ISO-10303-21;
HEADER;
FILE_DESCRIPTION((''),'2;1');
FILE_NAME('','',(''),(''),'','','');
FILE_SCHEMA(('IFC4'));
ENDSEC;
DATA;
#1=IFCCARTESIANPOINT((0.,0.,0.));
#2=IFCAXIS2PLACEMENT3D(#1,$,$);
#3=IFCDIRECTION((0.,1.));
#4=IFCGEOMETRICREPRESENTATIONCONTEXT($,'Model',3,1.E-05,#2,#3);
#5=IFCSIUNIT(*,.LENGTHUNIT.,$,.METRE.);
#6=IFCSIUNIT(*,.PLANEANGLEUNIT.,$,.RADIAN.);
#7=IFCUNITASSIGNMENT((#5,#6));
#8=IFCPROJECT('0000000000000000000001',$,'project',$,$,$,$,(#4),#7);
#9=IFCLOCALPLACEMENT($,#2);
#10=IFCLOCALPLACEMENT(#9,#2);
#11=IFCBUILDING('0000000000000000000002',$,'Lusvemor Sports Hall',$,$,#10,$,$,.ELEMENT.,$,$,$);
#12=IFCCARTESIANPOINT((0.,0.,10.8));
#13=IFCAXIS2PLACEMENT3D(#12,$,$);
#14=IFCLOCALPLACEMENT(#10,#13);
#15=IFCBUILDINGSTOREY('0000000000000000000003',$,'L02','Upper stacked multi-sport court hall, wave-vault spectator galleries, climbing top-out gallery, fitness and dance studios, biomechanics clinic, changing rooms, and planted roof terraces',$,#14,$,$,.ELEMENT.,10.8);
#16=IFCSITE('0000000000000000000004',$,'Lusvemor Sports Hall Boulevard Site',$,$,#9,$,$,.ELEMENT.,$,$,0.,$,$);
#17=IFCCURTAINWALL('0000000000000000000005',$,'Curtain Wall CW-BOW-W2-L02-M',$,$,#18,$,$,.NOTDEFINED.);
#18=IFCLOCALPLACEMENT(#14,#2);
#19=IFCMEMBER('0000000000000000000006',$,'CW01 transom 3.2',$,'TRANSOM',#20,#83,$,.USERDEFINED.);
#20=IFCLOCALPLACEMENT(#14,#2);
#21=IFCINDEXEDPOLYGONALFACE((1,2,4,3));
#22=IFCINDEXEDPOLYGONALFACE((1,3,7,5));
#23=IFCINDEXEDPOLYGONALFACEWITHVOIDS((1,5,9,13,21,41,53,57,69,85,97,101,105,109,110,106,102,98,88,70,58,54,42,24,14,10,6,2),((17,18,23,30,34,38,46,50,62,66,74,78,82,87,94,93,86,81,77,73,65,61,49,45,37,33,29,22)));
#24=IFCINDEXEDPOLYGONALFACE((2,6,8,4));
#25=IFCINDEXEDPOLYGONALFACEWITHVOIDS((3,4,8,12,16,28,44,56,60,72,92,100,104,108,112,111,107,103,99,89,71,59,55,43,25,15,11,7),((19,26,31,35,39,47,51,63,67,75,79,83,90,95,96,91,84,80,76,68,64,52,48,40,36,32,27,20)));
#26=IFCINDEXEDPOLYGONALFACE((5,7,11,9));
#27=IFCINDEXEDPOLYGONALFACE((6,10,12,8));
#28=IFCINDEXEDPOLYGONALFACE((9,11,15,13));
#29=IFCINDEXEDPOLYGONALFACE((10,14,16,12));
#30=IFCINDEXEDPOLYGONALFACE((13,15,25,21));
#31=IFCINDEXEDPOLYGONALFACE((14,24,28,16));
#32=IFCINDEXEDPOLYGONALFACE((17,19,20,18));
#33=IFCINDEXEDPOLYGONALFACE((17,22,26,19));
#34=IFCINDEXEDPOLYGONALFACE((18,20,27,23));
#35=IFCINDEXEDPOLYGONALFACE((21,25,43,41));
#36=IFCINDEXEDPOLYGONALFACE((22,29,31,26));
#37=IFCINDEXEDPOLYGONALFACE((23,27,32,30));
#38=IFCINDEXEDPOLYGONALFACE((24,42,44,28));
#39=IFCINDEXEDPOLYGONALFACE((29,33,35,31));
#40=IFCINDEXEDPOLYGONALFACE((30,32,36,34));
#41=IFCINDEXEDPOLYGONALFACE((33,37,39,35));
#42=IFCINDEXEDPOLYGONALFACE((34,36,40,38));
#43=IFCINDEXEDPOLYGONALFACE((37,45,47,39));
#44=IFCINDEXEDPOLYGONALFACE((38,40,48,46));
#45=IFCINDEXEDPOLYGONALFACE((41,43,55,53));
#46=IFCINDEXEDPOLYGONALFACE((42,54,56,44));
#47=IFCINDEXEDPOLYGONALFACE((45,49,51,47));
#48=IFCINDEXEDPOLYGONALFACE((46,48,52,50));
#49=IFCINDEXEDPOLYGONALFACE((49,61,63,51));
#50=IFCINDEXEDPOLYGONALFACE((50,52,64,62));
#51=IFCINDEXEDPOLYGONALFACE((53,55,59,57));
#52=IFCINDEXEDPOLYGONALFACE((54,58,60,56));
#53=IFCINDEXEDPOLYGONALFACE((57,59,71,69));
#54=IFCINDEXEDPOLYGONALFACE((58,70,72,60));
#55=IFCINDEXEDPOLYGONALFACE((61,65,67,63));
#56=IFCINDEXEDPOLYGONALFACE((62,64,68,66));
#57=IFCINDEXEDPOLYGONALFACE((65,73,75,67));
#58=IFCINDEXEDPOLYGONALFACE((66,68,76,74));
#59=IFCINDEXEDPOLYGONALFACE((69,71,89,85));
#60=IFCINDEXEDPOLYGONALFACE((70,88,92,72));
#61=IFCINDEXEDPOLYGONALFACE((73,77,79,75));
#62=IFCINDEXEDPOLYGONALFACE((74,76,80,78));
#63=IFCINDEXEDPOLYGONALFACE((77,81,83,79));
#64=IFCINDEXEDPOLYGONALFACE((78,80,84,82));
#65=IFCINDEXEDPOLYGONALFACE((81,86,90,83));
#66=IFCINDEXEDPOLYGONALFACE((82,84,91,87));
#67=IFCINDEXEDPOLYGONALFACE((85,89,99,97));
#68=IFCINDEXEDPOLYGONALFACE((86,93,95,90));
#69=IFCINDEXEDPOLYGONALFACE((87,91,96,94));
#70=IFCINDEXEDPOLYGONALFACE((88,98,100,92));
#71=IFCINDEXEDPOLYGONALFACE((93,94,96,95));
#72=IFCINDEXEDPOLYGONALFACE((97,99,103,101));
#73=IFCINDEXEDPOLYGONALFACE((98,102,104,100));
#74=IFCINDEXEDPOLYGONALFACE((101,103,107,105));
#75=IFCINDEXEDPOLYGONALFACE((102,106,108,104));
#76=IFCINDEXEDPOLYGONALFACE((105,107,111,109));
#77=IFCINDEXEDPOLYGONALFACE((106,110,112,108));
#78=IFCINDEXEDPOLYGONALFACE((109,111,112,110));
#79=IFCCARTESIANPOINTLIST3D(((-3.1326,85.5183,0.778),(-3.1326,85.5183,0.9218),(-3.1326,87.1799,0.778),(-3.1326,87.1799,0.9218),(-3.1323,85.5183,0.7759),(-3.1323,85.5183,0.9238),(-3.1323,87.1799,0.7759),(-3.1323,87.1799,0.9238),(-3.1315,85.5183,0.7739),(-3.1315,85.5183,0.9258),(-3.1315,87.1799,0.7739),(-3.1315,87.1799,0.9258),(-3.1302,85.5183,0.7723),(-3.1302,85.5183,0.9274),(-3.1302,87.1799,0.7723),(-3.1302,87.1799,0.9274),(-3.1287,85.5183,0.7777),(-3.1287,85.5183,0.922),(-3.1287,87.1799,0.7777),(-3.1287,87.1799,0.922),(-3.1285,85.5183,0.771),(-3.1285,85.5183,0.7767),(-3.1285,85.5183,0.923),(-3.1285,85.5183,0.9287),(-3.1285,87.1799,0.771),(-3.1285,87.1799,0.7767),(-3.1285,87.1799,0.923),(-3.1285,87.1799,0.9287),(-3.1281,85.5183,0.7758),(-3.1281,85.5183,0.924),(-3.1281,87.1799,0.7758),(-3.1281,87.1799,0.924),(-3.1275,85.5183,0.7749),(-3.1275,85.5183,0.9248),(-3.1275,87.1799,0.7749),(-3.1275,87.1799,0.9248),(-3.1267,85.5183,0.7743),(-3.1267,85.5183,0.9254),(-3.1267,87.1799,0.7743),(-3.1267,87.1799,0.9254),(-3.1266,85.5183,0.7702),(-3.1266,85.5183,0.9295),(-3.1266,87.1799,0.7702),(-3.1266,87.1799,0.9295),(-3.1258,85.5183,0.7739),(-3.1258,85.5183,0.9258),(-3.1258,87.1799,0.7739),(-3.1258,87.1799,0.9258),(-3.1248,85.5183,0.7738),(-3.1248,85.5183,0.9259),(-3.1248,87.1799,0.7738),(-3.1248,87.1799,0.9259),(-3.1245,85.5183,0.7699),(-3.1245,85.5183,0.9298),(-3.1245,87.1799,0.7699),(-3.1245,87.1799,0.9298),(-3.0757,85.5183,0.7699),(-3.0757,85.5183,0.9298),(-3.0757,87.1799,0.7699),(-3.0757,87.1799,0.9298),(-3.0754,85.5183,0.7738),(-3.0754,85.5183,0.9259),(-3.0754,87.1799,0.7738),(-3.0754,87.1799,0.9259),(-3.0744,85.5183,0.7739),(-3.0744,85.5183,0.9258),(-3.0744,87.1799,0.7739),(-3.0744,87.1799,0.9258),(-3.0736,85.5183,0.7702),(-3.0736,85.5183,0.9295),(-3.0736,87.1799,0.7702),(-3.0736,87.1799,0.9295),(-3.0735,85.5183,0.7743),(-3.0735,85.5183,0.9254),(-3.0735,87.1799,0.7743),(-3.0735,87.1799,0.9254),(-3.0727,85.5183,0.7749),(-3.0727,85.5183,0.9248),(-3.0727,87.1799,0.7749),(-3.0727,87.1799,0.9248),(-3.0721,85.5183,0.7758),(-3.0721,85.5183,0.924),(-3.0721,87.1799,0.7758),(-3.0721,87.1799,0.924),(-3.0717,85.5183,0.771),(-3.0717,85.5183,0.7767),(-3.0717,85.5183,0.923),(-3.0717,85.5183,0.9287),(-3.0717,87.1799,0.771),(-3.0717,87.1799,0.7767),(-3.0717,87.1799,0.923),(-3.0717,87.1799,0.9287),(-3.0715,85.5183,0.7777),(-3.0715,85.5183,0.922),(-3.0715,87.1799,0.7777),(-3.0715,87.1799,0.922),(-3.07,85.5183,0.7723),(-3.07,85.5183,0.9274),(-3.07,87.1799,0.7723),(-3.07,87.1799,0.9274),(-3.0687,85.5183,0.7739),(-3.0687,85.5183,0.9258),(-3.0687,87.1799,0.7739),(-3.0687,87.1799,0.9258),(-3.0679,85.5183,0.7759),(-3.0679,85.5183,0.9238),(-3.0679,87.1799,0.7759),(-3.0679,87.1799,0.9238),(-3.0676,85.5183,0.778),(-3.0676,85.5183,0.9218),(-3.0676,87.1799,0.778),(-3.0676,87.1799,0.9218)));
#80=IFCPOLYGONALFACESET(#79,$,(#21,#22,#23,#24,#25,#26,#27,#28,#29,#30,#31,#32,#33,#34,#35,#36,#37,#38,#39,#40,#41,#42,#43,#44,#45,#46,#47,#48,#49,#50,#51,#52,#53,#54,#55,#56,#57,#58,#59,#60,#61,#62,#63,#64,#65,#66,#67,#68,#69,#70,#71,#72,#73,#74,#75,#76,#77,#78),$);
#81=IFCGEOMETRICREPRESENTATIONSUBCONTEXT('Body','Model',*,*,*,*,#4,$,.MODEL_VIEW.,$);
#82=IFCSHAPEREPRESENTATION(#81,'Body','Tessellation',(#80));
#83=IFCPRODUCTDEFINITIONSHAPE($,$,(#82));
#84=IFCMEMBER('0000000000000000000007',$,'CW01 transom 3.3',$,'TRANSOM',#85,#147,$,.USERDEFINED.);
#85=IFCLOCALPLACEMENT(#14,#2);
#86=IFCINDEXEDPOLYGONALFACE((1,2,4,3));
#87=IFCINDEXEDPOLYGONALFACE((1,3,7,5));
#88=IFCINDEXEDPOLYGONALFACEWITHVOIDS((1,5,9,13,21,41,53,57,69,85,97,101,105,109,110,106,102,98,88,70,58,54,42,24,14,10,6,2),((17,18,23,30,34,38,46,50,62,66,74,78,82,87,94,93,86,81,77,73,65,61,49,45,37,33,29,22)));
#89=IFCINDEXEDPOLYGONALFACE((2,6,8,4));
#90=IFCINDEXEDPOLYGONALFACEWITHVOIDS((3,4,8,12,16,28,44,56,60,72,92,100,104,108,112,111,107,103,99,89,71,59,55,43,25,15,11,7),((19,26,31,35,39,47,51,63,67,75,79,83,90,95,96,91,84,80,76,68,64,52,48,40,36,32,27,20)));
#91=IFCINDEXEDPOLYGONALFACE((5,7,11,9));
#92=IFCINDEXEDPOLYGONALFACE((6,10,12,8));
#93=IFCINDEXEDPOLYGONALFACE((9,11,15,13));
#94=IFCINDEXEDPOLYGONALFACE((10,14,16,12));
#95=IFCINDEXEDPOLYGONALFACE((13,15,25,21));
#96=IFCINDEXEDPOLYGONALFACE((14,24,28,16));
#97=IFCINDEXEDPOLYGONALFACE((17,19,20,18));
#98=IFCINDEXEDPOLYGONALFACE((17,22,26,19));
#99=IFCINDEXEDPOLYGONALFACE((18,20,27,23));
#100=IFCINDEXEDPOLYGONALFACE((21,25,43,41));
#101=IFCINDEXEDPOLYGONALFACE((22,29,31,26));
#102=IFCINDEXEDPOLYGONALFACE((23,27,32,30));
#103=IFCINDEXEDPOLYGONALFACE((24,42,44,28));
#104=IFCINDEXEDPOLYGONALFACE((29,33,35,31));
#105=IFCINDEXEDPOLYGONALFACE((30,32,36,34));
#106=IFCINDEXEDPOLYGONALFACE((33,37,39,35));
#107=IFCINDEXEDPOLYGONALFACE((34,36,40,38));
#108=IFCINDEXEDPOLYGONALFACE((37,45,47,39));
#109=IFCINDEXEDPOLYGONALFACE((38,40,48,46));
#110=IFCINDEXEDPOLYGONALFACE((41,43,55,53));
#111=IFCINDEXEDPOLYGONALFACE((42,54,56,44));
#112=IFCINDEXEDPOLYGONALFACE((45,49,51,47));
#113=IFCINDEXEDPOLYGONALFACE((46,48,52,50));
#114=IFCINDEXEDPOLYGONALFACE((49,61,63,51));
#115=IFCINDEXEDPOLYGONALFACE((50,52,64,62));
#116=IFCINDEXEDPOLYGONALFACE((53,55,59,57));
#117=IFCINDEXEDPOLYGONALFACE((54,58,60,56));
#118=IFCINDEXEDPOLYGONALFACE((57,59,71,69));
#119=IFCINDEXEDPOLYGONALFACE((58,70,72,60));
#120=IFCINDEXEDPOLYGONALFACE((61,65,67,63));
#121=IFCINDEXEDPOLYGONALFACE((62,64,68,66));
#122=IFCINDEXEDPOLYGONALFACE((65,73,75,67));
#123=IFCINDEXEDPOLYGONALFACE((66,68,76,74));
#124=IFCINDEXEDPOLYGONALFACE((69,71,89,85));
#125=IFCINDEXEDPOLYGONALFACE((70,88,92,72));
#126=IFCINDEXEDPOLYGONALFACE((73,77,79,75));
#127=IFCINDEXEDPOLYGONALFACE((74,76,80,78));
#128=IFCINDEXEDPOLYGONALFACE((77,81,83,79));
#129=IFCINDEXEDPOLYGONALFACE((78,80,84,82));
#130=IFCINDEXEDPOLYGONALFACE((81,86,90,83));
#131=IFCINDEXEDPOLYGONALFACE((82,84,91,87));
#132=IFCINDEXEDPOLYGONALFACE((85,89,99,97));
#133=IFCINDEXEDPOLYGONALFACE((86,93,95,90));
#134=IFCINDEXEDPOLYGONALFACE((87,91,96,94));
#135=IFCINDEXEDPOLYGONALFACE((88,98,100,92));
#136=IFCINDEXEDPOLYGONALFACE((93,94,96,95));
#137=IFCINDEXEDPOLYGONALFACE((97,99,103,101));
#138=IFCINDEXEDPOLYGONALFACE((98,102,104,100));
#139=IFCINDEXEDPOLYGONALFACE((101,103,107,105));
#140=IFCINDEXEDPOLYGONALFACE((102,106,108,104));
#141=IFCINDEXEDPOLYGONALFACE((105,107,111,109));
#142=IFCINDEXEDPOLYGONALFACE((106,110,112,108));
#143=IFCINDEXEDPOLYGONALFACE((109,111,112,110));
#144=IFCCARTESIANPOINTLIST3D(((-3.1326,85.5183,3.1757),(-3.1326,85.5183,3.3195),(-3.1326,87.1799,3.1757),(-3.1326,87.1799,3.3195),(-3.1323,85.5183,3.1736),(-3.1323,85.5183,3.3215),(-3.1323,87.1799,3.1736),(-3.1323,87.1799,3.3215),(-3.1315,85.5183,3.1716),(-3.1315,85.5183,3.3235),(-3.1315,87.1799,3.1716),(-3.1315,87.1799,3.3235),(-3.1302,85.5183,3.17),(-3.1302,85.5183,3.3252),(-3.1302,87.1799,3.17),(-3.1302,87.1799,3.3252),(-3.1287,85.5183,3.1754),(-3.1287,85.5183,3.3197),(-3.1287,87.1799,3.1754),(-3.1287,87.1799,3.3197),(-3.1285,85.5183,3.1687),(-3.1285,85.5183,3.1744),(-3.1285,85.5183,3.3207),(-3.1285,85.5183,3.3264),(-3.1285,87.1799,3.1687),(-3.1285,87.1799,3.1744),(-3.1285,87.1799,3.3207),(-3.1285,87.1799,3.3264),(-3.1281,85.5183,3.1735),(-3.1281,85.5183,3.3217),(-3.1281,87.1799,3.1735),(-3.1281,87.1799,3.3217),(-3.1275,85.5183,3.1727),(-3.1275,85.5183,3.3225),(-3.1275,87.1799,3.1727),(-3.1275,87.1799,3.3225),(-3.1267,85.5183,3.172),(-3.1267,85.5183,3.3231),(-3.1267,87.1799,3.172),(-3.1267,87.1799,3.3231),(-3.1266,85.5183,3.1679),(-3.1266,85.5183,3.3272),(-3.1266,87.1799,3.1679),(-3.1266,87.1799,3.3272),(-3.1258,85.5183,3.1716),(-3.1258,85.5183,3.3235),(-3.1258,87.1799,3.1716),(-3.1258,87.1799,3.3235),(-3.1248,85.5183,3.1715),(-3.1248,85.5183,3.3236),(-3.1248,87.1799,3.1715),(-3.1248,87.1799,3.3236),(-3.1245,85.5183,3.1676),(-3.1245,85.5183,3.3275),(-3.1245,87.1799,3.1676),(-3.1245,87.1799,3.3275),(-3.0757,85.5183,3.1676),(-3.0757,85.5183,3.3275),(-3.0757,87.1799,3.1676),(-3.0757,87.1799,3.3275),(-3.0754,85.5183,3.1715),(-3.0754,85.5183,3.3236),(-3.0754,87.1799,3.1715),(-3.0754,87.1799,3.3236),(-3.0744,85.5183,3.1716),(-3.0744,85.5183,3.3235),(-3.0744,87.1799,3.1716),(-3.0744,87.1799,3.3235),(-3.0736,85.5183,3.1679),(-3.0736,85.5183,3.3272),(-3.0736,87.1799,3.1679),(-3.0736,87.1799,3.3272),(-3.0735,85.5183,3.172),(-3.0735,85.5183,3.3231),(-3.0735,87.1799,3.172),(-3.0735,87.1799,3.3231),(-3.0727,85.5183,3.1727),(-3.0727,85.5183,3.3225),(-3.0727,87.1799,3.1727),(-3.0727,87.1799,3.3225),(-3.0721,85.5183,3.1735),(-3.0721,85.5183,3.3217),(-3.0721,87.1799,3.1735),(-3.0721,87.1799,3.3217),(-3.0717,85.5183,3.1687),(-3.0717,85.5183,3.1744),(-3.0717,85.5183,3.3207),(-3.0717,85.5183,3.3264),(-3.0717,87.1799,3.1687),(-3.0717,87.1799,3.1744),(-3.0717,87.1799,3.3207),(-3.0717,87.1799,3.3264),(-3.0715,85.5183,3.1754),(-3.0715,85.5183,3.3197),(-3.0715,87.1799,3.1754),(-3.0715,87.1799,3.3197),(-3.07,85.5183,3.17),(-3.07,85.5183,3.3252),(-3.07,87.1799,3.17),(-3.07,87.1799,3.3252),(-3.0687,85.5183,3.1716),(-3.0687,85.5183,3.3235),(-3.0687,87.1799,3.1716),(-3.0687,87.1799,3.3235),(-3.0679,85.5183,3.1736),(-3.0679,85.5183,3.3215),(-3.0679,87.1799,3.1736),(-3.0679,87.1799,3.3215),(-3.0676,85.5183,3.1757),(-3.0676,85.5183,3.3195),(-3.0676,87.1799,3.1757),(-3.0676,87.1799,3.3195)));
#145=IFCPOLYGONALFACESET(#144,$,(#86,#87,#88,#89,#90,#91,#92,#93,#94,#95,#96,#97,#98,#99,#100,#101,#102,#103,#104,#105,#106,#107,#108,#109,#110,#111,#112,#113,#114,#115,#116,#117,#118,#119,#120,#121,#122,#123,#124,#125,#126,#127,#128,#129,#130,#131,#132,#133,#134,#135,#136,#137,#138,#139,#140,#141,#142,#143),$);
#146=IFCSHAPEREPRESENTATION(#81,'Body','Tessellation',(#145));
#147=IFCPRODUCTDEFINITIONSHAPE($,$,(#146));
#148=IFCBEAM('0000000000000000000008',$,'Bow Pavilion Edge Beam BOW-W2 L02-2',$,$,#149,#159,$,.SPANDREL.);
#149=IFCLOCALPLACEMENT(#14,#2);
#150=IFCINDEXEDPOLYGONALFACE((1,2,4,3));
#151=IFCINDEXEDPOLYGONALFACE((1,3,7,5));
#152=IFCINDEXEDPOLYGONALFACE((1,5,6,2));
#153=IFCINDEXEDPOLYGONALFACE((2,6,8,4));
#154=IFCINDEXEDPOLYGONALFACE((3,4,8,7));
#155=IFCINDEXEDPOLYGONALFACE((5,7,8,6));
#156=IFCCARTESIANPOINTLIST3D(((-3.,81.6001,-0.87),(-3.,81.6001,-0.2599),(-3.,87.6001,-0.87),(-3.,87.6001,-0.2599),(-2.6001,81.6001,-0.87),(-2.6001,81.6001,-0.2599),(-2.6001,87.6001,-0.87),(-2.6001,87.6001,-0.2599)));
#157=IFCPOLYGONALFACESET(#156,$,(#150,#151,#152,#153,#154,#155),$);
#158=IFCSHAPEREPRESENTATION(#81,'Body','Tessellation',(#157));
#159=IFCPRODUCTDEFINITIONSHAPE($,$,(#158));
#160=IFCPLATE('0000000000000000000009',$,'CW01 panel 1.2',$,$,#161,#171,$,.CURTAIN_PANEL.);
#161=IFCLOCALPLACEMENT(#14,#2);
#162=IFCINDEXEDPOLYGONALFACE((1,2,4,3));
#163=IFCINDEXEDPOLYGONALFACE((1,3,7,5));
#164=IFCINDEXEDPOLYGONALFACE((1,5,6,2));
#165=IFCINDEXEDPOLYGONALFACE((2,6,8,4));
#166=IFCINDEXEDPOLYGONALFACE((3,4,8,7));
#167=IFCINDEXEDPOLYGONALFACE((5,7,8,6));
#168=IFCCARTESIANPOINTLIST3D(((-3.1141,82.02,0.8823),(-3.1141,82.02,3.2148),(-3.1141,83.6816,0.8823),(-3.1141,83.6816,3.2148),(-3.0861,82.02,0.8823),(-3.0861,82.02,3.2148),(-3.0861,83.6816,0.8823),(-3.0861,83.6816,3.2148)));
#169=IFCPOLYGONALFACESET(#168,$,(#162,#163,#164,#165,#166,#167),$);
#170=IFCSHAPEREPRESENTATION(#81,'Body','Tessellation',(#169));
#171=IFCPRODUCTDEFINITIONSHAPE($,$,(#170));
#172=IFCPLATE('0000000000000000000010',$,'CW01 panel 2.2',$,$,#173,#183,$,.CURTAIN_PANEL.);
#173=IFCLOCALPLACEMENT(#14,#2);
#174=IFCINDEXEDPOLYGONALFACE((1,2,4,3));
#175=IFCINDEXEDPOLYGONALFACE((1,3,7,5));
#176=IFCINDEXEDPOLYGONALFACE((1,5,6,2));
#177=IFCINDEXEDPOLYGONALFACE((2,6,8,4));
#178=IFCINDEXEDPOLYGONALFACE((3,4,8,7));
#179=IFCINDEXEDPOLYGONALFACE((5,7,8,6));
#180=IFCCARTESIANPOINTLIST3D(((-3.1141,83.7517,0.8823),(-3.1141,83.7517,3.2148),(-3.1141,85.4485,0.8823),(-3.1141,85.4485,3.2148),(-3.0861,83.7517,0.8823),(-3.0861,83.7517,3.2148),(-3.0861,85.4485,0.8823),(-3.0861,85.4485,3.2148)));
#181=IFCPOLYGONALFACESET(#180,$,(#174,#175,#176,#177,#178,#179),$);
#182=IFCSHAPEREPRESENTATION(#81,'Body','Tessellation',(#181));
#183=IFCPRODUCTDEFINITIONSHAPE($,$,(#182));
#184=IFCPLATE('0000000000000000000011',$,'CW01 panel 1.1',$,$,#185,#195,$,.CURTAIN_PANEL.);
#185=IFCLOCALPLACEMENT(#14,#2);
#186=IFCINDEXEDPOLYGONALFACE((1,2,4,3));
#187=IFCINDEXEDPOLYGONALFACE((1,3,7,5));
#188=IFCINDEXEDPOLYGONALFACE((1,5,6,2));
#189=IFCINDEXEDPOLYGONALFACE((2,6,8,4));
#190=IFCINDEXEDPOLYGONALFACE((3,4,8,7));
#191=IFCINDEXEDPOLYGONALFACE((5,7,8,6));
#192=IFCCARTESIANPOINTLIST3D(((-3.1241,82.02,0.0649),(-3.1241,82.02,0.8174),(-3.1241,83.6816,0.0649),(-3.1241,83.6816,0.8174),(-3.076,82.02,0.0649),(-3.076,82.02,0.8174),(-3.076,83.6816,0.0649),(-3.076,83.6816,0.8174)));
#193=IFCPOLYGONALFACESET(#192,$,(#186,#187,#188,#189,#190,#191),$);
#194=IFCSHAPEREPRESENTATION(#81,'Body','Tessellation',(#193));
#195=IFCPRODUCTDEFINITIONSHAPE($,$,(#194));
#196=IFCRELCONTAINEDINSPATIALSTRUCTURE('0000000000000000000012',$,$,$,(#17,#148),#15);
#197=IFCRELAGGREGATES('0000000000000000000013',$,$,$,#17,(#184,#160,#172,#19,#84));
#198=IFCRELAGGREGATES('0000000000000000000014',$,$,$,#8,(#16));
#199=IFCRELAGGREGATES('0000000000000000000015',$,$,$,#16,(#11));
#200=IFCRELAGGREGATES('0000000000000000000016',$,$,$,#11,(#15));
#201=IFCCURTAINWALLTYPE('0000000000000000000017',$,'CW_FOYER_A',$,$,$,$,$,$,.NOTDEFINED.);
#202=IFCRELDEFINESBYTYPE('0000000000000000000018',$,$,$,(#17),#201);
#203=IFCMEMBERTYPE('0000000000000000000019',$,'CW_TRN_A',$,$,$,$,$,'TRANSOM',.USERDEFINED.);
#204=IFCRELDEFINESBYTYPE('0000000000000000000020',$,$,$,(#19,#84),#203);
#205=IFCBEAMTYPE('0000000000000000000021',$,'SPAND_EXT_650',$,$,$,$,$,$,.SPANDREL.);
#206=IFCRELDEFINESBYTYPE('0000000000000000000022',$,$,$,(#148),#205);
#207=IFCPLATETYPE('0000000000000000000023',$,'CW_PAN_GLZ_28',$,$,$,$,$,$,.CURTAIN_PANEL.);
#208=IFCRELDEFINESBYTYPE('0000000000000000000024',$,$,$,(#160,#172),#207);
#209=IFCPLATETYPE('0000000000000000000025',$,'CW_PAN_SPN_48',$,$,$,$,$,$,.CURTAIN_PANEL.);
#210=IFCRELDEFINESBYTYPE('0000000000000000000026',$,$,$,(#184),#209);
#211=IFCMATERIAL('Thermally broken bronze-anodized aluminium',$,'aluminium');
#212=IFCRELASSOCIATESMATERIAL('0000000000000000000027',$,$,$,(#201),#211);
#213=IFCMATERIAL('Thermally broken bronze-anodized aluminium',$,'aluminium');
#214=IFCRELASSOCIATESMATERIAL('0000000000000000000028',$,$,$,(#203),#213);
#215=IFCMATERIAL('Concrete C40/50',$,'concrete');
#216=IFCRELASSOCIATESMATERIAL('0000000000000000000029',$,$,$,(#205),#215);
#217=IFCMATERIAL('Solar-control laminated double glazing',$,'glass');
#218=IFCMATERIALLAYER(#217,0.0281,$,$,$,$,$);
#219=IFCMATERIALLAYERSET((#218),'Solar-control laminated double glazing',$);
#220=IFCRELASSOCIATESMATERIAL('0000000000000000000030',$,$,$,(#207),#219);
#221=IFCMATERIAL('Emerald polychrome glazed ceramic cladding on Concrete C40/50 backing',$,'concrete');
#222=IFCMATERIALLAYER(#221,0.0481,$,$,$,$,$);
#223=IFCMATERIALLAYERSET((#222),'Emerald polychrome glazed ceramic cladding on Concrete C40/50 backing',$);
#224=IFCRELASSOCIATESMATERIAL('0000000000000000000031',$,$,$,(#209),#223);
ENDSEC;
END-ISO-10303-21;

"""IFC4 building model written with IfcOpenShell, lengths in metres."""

from ifc_helpers import new_model, si_unit, direction, frame, origin, origin_2d, place, context, subcontext, project, spatial, rectangle, hollow_rectangle, extrude, material, layer, layer_set, material_profile, profile_set, type_object, element, aggregate, save


model = new_model("IFC4")

# Units and contexts
model_context = context("Model", 3, precision=1e-05, world=origin(), true_north=direction((0.0, 1.0)))
body_context = subcontext(model_context, "Body", "Model", "MODEL_VIEW")
ifc_project = project(units=[si_unit("LENGTHUNIT", "METRE"), si_unit("PLANEANGLEUNIT", "RADIAN")], contexts=[model_context])

# Site, building, storey
site_placement = place(None, origin())
site = spatial("IfcSite", under=ifc_project, at=site_placement, Name="Lusvemor Sports Hall Boulevard Site", CompositionType="ELEMENT", RefElevation=0.0)
building_placement = place(site_placement, origin())
building = spatial("IfcBuilding", under=site, at=building_placement, Name="Lusvemor Sports Hall", CompositionType="ELEMENT")
storey_placement = place(building_placement, frame((0.0, 0.0, 10.8)))
storey = spatial("IfcBuildingStorey", under=building, at=storey_placement, Name="L02", Description="Upper stacked multi-sport court hall, wave-vault spectator galleries, climbing top-out gallery, fitness and dance studios, biomechanics clinic, changing rooms, and planted roof terraces", CompositionType="ELEMENT", Elevation=10.8)

# Curtain wall, members
ifc_material_1 = material(Name="Thermally broken bronze-anodized aluminium", Category="aluminium")
curtain_wall_type = type_object("IfcCurtainWallType", Name="CW_FOYER_A", PredefinedType="NOTDEFINED", material=ifc_material_1)
curtain_wall_placement = place(storey_placement, origin())
curtain_wall = element("IfcCurtainWall", 1, at=curtain_wall_placement, inside=storey, type_object=curtain_wall_type, Name="Curtain Wall CW-BOW-W2-L02-M", PredefinedType="NOTDEFINED")
ifc_material_2 = material(Name="Thermally broken bronze-anodized aluminium", Category="aluminium")
ifc_material_profile_1 = material_profile(ifc_material_2, hollow_rectangle(XDim=0.0649, YDim=0.1599, WallThickness=0.0039, InnerFilletRadius=0.0039, OuterFilletRadius=0.0081, at=origin_2d()), Name="CWTRN160x65x4")
ifc_profile_set_1 = profile_set([ifc_material_profile_1], Name="Thermally broken bronze-anodized aluminium")
member_type_1 = type_object("IfcMemberType", Name="CW_TRN_A", ElementType="TRANSOM", PredefinedType="USERDEFINED", material=ifc_profile_set_1)
member_1_placement = place(storey_placement, frame((-3.1001, 85.5183, 0.8499), z_axis=(0.0, 1.0, 0.0), x_axis=(-1.0, 0.0, 0.0)))
member_1 = element("IfcMember", 2, at=member_1_placement, type_object=member_type_1, Name="CW01 transom 3.2", ObjectType="TRANSOM", PredefinedType="USERDEFINED", context=body_context, shape_type="SweptSolid", body=[
    extrude(hollow_rectangle(XDim=0.0649, YDim=0.1599, WallThickness=0.0039, InnerFilletRadius=0.0039, OuterFilletRadius=0.0081, at=origin_2d()), origin(), (0.0, 0.0, 1.0), 1.6616),
])
member_2_placement = place(storey_placement, frame((-3.1001, 85.5183, 3.2476), z_axis=(0.0, 1.0, 0.0), x_axis=(-1.0, 0.0, 0.0)))
member_2 = element("IfcMember", 3, at=member_2_placement, type_object=member_type_1, Name="CW01 transom 3.3", ObjectType="TRANSOM", PredefinedType="USERDEFINED", context=body_context, shape_type="SweptSolid", body=[
    extrude(hollow_rectangle(XDim=0.0649, YDim=0.1599, WallThickness=0.0039, InnerFilletRadius=0.0039, OuterFilletRadius=0.0081, at=origin_2d()), origin(), (0.0, 0.0, 1.0), 1.6616),
])

# Beam
ifc_material_3 = material(Name="Concrete C40/50", Category="concrete")
ifc_material_profile_2 = material_profile(ifc_material_3, rectangle(XDim=0.3999, YDim=0.6101, at=origin_2d()), Name="RC400x610")
ifc_profile_set_2 = profile_set([ifc_material_profile_2], Name="Concrete C40/50")
beam_type = type_object("IfcBeamType", Name="SPAND_EXT_650", PredefinedType="SPANDREL", material=ifc_profile_set_2)
beam_placement = place(storey_placement, frame((-2.8, 81.6001, -0.5649), z_axis=(0.0, 1.0, 0.0), x_axis=(-1.0, 0.0, 0.0)))
element("IfcBeam", 4, at=beam_placement, inside=storey, type_object=beam_type, Name="Bow Pavilion Edge Beam BOW-W2 L02-2", PredefinedType="SPANDREL", context=body_context, shape_type="SweptSolid", body=[
    extrude(rectangle(XDim=0.3999, YDim=0.6101, at=origin_2d()), origin(), (0.0, 0.0, 1.0), 6.0),
])

# Plates
ifc_material_4 = material(Name="Solar-control laminated double glazing", Category="glass")
ifc_layer_1 = layer(ifc_material_4, 0.0281)
ifc_layer_set_1 = layer_set([ifc_layer_1], Name="Solar-control laminated double glazing")
plate_type_1 = type_object("IfcPlateType", Name="CW_PAN_GLZ_28", PredefinedType="CURTAIN_PANEL", material=ifc_layer_set_1)
plate_1_placement = place(storey_placement, frame((-3.1001, 82.8508, 0.8823), z_axis=(0.0, 0.0, 1.0), x_axis=(0.0, 1.0, 0.0)))
plate_1 = element("IfcPlate", 5, at=plate_1_placement, type_object=plate_type_1, Name="CW01 panel 1.2", PredefinedType="CURTAIN_PANEL", context=body_context, shape_type="SweptSolid", body=[
    extrude(rectangle(XDim=1.6616, YDim=0.0281, at=origin_2d()), origin(), (0.0, 0.0, 1.0), 2.3325),
])
plate_2_placement = place(storey_placement, frame((-3.1001, 84.6001, 0.8823), z_axis=(0.0, 0.0, 1.0), x_axis=(0.0, 1.0, 0.0)))
plate_2 = element("IfcPlate", 6, at=plate_2_placement, type_object=plate_type_1, Name="CW01 panel 2.2", PredefinedType="CURTAIN_PANEL", context=body_context, shape_type="SweptSolid", body=[
    extrude(rectangle(XDim=1.6968, YDim=0.0281, at=origin_2d()), origin(), (0.0, 0.0, 1.0), 2.3325),
])
ifc_material_5 = material(Name="Emerald polychrome glazed ceramic cladding on Concrete C40/50 backing", Category="concrete")
ifc_layer_2 = layer(ifc_material_5, 0.0481)
ifc_layer_set_2 = layer_set([ifc_layer_2], Name="Emerald polychrome glazed ceramic cladding on Concrete C40/50 backing")
plate_type_2 = type_object("IfcPlateType", Name="CW_PAN_SPN_48", PredefinedType="CURTAIN_PANEL", material=ifc_layer_set_2)
plate_3_placement = place(storey_placement, frame((-3.1001, 82.8508, 0.0649), z_axis=(0.0, 0.0, 1.0), x_axis=(0.0, 1.0, 0.0)))
plate_3 = element("IfcPlate", 7, at=plate_3_placement, type_object=plate_type_2, Name="CW01 panel 1.1", PredefinedType="CURTAIN_PANEL", context=body_context, shape_type="SweptSolid", body=[
    extrude(rectangle(XDim=1.6616, YDim=0.0481, at=origin_2d()), origin(), (0.0, 0.0, 1.0), 0.7524),
])
aggregate(curtain_wall, [plate_3, plate_1, plate_2, member_1, member_2])

save(model, "model.ifc")
